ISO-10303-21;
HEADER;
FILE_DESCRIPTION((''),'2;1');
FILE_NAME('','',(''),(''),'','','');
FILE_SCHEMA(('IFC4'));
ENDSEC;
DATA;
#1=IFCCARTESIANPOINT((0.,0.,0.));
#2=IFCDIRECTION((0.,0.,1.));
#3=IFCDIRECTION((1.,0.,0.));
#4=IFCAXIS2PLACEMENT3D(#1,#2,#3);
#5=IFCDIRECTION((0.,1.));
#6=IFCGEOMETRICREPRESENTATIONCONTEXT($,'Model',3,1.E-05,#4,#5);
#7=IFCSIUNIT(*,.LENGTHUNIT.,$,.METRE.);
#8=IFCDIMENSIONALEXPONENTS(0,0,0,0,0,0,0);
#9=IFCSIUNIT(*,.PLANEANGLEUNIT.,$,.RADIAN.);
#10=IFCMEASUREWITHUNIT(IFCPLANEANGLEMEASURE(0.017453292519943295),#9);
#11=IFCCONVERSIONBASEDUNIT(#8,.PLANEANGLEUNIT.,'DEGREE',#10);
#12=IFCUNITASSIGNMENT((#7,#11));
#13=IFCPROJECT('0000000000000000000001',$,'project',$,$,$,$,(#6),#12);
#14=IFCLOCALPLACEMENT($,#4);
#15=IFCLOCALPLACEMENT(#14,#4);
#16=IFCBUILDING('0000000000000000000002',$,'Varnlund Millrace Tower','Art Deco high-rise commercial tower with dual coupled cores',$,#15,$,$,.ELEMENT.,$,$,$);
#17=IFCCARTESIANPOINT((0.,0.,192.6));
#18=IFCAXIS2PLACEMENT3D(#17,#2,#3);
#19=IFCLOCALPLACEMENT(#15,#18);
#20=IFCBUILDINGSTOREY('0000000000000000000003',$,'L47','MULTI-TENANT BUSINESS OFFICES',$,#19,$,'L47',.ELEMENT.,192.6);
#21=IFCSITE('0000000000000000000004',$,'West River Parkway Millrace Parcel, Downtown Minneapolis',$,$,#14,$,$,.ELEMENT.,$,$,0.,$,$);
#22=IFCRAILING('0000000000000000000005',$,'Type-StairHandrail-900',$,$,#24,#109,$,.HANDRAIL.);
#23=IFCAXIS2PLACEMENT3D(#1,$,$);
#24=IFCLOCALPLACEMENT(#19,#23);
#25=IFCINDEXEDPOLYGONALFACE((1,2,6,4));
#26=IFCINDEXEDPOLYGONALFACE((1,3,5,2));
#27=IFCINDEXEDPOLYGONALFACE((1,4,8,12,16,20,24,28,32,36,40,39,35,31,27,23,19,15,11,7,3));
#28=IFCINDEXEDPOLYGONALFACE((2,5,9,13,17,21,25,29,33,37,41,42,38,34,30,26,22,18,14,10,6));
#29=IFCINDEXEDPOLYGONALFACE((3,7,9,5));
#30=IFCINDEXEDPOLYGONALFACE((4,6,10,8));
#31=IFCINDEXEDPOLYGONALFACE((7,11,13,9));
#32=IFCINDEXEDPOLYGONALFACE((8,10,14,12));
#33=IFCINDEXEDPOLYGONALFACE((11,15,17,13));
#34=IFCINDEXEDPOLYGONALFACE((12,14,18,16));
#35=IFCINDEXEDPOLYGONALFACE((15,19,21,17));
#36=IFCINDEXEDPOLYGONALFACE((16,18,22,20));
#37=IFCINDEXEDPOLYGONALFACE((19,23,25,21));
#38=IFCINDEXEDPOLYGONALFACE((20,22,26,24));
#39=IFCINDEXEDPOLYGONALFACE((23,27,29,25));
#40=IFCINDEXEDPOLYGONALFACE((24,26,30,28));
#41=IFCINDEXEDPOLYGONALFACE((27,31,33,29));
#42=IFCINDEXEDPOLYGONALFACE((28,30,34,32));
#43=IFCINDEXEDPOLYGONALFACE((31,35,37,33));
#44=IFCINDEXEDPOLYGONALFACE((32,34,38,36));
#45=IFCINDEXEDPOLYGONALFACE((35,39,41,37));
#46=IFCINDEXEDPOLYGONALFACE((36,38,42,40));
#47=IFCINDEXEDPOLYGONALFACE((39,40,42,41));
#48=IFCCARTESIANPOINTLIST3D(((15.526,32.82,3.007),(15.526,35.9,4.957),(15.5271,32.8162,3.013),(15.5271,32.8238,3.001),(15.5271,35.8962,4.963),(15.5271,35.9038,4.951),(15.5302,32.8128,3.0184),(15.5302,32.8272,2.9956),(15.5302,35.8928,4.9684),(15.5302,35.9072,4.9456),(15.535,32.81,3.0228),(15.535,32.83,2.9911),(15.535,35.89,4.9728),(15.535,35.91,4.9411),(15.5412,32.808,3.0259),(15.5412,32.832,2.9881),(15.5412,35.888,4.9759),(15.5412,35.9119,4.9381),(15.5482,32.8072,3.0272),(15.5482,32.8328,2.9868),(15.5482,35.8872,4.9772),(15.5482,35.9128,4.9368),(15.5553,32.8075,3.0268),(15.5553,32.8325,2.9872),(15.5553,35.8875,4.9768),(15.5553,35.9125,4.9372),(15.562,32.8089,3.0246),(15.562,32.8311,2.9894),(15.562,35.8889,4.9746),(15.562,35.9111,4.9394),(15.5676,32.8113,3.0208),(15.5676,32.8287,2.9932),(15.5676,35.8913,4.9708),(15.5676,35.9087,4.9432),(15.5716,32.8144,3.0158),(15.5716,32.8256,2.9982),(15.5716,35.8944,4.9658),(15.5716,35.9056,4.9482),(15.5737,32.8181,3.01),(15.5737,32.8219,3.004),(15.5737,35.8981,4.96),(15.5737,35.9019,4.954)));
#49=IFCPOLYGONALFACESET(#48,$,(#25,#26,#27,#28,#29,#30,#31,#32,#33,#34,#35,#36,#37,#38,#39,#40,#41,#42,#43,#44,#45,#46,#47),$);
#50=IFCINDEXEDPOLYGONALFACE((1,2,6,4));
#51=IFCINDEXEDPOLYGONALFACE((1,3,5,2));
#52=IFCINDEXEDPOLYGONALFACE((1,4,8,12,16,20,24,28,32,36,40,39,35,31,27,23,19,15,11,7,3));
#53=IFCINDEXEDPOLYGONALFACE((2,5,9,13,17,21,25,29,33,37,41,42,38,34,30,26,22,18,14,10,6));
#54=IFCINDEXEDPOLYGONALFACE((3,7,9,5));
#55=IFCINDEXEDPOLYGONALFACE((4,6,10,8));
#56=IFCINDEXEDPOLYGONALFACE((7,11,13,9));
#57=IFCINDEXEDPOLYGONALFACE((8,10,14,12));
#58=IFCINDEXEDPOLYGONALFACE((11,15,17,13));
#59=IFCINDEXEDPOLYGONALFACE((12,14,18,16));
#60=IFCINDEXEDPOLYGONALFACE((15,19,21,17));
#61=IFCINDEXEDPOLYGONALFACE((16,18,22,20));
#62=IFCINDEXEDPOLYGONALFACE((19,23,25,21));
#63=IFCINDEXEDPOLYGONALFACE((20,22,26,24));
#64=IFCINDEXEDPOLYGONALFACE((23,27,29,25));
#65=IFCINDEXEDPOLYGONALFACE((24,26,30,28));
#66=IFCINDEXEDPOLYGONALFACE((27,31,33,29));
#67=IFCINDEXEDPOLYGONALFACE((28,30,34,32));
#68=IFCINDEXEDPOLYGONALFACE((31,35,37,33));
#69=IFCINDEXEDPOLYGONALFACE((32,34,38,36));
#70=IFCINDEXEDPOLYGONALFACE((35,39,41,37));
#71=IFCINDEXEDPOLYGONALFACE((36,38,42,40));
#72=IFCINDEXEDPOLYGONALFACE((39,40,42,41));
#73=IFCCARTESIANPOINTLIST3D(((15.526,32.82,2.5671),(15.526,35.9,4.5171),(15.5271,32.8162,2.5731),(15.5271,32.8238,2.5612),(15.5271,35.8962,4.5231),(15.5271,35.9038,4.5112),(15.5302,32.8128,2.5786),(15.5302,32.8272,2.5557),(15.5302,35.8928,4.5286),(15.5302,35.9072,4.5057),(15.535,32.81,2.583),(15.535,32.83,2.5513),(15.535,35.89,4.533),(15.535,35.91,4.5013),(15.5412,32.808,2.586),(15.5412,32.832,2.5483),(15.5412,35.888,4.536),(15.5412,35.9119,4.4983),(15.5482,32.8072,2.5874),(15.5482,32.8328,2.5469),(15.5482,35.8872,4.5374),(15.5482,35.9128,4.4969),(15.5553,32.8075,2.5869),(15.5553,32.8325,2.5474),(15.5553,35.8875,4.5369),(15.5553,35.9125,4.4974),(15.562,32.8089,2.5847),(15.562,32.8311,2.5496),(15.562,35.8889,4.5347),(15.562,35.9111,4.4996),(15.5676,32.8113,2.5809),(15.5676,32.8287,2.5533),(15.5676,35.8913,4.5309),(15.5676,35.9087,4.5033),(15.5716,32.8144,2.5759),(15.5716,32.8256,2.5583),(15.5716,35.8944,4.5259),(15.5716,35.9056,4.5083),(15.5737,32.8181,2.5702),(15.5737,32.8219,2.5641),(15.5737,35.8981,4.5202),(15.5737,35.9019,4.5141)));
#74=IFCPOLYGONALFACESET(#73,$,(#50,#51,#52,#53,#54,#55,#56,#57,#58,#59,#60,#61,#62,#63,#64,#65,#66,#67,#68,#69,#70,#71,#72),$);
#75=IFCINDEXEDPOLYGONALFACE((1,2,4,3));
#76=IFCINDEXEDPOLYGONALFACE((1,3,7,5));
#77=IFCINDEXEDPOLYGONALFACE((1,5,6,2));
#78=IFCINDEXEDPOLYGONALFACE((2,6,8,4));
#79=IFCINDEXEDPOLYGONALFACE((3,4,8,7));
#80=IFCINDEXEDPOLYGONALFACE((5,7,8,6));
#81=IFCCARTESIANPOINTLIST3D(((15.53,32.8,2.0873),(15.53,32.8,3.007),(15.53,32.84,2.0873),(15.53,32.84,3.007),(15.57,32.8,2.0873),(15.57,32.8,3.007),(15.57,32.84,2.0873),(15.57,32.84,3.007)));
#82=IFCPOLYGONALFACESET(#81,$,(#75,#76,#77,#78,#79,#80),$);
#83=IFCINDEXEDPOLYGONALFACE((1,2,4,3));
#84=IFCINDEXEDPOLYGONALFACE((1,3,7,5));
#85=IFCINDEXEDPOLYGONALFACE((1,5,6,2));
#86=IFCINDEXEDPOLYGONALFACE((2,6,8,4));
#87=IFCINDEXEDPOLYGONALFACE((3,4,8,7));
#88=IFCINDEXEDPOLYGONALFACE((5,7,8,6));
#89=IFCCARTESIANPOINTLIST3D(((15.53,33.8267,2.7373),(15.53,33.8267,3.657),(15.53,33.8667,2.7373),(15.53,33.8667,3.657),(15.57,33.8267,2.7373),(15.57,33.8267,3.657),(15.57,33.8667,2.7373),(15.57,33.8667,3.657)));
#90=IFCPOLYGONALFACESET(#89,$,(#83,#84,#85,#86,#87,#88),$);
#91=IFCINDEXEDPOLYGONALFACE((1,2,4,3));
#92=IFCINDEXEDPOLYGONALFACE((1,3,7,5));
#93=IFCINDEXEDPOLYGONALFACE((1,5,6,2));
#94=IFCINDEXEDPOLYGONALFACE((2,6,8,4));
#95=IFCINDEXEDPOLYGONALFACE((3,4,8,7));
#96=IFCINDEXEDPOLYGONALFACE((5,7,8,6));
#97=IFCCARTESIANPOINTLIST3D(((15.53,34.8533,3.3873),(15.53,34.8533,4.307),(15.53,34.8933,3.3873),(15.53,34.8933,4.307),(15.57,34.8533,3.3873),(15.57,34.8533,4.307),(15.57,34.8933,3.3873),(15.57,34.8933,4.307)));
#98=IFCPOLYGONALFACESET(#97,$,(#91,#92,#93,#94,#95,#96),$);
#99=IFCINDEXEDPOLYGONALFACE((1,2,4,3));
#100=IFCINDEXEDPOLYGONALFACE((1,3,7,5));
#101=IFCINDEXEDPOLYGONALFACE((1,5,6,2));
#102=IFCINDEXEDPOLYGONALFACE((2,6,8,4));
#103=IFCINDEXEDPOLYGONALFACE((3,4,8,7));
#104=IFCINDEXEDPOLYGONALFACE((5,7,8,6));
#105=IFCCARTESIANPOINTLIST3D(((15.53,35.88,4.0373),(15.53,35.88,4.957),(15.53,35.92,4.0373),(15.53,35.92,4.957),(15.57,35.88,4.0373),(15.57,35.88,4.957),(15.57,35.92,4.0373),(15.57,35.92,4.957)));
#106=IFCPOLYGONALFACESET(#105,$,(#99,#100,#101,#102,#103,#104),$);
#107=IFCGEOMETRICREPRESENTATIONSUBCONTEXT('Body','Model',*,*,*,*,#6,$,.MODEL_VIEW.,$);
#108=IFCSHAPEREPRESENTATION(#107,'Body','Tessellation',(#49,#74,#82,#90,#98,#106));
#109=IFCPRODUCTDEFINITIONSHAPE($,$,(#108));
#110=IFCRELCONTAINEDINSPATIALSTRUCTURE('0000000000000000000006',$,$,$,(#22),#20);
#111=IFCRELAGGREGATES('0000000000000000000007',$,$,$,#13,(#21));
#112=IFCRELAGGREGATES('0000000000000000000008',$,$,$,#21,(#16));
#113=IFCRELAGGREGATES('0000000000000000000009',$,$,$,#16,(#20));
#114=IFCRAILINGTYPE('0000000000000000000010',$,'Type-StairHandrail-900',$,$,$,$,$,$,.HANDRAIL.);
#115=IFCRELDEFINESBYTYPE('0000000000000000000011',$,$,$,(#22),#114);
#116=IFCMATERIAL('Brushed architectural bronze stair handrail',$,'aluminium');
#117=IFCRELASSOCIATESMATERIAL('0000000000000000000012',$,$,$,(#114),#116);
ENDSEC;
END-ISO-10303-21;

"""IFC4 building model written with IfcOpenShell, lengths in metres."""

from ifc_helpers import new_model, entity, si_unit, converted_unit, direction, frame, origin_with_axes, origin_2d_with_axis, place, context, subcontext, project, spatial, rectangle, circle, extrude, material, type_object, element, save


model = new_model("IFC4")

# Units and contexts
model_context = context("Model", 3, precision=1e-05, world=origin_with_axes(), true_north=direction((0.0, 1.0)))
body_context = subcontext(model_context, "Body", "Model", "MODEL_VIEW")
ifc_project = project(units=[si_unit("LENGTHUNIT", "METRE"), converted_unit("PLANEANGLEUNIT", "DEGREE", entity("IfcPlaneAngleMeasure", 0.017453292519943295), si_unit("PLANEANGLEUNIT", "RADIAN"), dimensions=[0, 0, 0, 0, 0, 0, 0])], contexts=[model_context])

# Site, building, storey
site_placement = place(None, origin_with_axes())
site = spatial("IfcSite", under=ifc_project, at=site_placement, Name="West River Parkway Millrace Parcel, Downtown Minneapolis", CompositionType="ELEMENT", RefElevation=0.0)
building_placement = place(site_placement, origin_with_axes())
building = spatial("IfcBuilding", under=site, at=building_placement, Name="Varnlund Millrace Tower", Description="Art Deco high-rise commercial tower with dual coupled cores", CompositionType="ELEMENT")
storey_placement = place(building_placement, frame((0.0, 0.0, 192.6), z_axis=(0.0, 0.0, 1.0), x_axis=(1.0, 0.0, 0.0)))
storey = spatial("IfcBuildingStorey", under=building, at=storey_placement, Name="L47", Description="MULTI-TENANT BUSINESS OFFICES", LongName="L47", CompositionType="ELEMENT", Elevation=192.6)

# Railing
ifc_material_1 = material(Name="Brushed architectural bronze stair handrail", Category="aluminium")
railing_type_1 = type_object("IfcRailingType", Name="Type-StairHandrail-900", PredefinedType="HANDRAIL", material=ifc_material_1)
railing_1_placement = place(storey_placement, frame((0.0, 0.0, -192.6), z_axis=(0.0, 0.0, 1.0), x_axis=(1.0, 0.0, 0.0)))
element("IfcRailing", 1, at=railing_1_placement, inside=storey, type_object=railing_type_1, Name="Type-StairHandrail-900", PredefinedType="HANDRAIL", context=body_context, shape_type="SweptSolid", body=[
    extrude(circle(Radius=0.024, at=origin_2d_with_axis()), frame((15.55, 32.82, 195.607), z_axis=(0.0, 0.844902, 0.534922), x_axis=(-1.0, 0.0, 0.0)), (0.0, 0.0, 1.0), 3.6454),
    extrude(circle(Radius=0.024, at=origin_2d_with_axis()), frame((15.55, 32.82, 195.1671), z_axis=(0.0, 0.844902, 0.534922), x_axis=(-1.0, 0.0, 0.0)), (0.0, 0.0, 1.0), 3.6454),
    extrude(rectangle(XDim=0.04, YDim=0.04, at=origin_2d_with_axis()), frame((15.55, 32.82, 194.6873), z_axis=(0.0, 0.0, 1.0), x_axis=(1.0, 0.0, 0.0)), (0.0, 0.0, 1.0), 0.9197),
    extrude(rectangle(XDim=0.04, YDim=0.04, at=origin_2d_with_axis()), frame((15.55, 33.8467, 195.3373), z_axis=(0.0, 0.0, 1.0), x_axis=(1.0, 0.0, 0.0)), (0.0, 0.0, 1.0), 0.9197),
    extrude(rectangle(XDim=0.04, YDim=0.04, at=origin_2d_with_axis()), frame((15.55, 34.8733, 195.9873), z_axis=(0.0, 0.0, 1.0), x_axis=(1.0, 0.0, 0.0)), (0.0, 0.0, 1.0), 0.9197),
    extrude(rectangle(XDim=0.04, YDim=0.04, at=origin_2d_with_axis()), frame((15.55, 35.9, 196.6373), z_axis=(0.0, 0.0, 1.0), x_axis=(1.0, 0.0, 0.0)), (0.0, 0.0, 1.0), 0.9197),
])

save(model, "model.ifc")
